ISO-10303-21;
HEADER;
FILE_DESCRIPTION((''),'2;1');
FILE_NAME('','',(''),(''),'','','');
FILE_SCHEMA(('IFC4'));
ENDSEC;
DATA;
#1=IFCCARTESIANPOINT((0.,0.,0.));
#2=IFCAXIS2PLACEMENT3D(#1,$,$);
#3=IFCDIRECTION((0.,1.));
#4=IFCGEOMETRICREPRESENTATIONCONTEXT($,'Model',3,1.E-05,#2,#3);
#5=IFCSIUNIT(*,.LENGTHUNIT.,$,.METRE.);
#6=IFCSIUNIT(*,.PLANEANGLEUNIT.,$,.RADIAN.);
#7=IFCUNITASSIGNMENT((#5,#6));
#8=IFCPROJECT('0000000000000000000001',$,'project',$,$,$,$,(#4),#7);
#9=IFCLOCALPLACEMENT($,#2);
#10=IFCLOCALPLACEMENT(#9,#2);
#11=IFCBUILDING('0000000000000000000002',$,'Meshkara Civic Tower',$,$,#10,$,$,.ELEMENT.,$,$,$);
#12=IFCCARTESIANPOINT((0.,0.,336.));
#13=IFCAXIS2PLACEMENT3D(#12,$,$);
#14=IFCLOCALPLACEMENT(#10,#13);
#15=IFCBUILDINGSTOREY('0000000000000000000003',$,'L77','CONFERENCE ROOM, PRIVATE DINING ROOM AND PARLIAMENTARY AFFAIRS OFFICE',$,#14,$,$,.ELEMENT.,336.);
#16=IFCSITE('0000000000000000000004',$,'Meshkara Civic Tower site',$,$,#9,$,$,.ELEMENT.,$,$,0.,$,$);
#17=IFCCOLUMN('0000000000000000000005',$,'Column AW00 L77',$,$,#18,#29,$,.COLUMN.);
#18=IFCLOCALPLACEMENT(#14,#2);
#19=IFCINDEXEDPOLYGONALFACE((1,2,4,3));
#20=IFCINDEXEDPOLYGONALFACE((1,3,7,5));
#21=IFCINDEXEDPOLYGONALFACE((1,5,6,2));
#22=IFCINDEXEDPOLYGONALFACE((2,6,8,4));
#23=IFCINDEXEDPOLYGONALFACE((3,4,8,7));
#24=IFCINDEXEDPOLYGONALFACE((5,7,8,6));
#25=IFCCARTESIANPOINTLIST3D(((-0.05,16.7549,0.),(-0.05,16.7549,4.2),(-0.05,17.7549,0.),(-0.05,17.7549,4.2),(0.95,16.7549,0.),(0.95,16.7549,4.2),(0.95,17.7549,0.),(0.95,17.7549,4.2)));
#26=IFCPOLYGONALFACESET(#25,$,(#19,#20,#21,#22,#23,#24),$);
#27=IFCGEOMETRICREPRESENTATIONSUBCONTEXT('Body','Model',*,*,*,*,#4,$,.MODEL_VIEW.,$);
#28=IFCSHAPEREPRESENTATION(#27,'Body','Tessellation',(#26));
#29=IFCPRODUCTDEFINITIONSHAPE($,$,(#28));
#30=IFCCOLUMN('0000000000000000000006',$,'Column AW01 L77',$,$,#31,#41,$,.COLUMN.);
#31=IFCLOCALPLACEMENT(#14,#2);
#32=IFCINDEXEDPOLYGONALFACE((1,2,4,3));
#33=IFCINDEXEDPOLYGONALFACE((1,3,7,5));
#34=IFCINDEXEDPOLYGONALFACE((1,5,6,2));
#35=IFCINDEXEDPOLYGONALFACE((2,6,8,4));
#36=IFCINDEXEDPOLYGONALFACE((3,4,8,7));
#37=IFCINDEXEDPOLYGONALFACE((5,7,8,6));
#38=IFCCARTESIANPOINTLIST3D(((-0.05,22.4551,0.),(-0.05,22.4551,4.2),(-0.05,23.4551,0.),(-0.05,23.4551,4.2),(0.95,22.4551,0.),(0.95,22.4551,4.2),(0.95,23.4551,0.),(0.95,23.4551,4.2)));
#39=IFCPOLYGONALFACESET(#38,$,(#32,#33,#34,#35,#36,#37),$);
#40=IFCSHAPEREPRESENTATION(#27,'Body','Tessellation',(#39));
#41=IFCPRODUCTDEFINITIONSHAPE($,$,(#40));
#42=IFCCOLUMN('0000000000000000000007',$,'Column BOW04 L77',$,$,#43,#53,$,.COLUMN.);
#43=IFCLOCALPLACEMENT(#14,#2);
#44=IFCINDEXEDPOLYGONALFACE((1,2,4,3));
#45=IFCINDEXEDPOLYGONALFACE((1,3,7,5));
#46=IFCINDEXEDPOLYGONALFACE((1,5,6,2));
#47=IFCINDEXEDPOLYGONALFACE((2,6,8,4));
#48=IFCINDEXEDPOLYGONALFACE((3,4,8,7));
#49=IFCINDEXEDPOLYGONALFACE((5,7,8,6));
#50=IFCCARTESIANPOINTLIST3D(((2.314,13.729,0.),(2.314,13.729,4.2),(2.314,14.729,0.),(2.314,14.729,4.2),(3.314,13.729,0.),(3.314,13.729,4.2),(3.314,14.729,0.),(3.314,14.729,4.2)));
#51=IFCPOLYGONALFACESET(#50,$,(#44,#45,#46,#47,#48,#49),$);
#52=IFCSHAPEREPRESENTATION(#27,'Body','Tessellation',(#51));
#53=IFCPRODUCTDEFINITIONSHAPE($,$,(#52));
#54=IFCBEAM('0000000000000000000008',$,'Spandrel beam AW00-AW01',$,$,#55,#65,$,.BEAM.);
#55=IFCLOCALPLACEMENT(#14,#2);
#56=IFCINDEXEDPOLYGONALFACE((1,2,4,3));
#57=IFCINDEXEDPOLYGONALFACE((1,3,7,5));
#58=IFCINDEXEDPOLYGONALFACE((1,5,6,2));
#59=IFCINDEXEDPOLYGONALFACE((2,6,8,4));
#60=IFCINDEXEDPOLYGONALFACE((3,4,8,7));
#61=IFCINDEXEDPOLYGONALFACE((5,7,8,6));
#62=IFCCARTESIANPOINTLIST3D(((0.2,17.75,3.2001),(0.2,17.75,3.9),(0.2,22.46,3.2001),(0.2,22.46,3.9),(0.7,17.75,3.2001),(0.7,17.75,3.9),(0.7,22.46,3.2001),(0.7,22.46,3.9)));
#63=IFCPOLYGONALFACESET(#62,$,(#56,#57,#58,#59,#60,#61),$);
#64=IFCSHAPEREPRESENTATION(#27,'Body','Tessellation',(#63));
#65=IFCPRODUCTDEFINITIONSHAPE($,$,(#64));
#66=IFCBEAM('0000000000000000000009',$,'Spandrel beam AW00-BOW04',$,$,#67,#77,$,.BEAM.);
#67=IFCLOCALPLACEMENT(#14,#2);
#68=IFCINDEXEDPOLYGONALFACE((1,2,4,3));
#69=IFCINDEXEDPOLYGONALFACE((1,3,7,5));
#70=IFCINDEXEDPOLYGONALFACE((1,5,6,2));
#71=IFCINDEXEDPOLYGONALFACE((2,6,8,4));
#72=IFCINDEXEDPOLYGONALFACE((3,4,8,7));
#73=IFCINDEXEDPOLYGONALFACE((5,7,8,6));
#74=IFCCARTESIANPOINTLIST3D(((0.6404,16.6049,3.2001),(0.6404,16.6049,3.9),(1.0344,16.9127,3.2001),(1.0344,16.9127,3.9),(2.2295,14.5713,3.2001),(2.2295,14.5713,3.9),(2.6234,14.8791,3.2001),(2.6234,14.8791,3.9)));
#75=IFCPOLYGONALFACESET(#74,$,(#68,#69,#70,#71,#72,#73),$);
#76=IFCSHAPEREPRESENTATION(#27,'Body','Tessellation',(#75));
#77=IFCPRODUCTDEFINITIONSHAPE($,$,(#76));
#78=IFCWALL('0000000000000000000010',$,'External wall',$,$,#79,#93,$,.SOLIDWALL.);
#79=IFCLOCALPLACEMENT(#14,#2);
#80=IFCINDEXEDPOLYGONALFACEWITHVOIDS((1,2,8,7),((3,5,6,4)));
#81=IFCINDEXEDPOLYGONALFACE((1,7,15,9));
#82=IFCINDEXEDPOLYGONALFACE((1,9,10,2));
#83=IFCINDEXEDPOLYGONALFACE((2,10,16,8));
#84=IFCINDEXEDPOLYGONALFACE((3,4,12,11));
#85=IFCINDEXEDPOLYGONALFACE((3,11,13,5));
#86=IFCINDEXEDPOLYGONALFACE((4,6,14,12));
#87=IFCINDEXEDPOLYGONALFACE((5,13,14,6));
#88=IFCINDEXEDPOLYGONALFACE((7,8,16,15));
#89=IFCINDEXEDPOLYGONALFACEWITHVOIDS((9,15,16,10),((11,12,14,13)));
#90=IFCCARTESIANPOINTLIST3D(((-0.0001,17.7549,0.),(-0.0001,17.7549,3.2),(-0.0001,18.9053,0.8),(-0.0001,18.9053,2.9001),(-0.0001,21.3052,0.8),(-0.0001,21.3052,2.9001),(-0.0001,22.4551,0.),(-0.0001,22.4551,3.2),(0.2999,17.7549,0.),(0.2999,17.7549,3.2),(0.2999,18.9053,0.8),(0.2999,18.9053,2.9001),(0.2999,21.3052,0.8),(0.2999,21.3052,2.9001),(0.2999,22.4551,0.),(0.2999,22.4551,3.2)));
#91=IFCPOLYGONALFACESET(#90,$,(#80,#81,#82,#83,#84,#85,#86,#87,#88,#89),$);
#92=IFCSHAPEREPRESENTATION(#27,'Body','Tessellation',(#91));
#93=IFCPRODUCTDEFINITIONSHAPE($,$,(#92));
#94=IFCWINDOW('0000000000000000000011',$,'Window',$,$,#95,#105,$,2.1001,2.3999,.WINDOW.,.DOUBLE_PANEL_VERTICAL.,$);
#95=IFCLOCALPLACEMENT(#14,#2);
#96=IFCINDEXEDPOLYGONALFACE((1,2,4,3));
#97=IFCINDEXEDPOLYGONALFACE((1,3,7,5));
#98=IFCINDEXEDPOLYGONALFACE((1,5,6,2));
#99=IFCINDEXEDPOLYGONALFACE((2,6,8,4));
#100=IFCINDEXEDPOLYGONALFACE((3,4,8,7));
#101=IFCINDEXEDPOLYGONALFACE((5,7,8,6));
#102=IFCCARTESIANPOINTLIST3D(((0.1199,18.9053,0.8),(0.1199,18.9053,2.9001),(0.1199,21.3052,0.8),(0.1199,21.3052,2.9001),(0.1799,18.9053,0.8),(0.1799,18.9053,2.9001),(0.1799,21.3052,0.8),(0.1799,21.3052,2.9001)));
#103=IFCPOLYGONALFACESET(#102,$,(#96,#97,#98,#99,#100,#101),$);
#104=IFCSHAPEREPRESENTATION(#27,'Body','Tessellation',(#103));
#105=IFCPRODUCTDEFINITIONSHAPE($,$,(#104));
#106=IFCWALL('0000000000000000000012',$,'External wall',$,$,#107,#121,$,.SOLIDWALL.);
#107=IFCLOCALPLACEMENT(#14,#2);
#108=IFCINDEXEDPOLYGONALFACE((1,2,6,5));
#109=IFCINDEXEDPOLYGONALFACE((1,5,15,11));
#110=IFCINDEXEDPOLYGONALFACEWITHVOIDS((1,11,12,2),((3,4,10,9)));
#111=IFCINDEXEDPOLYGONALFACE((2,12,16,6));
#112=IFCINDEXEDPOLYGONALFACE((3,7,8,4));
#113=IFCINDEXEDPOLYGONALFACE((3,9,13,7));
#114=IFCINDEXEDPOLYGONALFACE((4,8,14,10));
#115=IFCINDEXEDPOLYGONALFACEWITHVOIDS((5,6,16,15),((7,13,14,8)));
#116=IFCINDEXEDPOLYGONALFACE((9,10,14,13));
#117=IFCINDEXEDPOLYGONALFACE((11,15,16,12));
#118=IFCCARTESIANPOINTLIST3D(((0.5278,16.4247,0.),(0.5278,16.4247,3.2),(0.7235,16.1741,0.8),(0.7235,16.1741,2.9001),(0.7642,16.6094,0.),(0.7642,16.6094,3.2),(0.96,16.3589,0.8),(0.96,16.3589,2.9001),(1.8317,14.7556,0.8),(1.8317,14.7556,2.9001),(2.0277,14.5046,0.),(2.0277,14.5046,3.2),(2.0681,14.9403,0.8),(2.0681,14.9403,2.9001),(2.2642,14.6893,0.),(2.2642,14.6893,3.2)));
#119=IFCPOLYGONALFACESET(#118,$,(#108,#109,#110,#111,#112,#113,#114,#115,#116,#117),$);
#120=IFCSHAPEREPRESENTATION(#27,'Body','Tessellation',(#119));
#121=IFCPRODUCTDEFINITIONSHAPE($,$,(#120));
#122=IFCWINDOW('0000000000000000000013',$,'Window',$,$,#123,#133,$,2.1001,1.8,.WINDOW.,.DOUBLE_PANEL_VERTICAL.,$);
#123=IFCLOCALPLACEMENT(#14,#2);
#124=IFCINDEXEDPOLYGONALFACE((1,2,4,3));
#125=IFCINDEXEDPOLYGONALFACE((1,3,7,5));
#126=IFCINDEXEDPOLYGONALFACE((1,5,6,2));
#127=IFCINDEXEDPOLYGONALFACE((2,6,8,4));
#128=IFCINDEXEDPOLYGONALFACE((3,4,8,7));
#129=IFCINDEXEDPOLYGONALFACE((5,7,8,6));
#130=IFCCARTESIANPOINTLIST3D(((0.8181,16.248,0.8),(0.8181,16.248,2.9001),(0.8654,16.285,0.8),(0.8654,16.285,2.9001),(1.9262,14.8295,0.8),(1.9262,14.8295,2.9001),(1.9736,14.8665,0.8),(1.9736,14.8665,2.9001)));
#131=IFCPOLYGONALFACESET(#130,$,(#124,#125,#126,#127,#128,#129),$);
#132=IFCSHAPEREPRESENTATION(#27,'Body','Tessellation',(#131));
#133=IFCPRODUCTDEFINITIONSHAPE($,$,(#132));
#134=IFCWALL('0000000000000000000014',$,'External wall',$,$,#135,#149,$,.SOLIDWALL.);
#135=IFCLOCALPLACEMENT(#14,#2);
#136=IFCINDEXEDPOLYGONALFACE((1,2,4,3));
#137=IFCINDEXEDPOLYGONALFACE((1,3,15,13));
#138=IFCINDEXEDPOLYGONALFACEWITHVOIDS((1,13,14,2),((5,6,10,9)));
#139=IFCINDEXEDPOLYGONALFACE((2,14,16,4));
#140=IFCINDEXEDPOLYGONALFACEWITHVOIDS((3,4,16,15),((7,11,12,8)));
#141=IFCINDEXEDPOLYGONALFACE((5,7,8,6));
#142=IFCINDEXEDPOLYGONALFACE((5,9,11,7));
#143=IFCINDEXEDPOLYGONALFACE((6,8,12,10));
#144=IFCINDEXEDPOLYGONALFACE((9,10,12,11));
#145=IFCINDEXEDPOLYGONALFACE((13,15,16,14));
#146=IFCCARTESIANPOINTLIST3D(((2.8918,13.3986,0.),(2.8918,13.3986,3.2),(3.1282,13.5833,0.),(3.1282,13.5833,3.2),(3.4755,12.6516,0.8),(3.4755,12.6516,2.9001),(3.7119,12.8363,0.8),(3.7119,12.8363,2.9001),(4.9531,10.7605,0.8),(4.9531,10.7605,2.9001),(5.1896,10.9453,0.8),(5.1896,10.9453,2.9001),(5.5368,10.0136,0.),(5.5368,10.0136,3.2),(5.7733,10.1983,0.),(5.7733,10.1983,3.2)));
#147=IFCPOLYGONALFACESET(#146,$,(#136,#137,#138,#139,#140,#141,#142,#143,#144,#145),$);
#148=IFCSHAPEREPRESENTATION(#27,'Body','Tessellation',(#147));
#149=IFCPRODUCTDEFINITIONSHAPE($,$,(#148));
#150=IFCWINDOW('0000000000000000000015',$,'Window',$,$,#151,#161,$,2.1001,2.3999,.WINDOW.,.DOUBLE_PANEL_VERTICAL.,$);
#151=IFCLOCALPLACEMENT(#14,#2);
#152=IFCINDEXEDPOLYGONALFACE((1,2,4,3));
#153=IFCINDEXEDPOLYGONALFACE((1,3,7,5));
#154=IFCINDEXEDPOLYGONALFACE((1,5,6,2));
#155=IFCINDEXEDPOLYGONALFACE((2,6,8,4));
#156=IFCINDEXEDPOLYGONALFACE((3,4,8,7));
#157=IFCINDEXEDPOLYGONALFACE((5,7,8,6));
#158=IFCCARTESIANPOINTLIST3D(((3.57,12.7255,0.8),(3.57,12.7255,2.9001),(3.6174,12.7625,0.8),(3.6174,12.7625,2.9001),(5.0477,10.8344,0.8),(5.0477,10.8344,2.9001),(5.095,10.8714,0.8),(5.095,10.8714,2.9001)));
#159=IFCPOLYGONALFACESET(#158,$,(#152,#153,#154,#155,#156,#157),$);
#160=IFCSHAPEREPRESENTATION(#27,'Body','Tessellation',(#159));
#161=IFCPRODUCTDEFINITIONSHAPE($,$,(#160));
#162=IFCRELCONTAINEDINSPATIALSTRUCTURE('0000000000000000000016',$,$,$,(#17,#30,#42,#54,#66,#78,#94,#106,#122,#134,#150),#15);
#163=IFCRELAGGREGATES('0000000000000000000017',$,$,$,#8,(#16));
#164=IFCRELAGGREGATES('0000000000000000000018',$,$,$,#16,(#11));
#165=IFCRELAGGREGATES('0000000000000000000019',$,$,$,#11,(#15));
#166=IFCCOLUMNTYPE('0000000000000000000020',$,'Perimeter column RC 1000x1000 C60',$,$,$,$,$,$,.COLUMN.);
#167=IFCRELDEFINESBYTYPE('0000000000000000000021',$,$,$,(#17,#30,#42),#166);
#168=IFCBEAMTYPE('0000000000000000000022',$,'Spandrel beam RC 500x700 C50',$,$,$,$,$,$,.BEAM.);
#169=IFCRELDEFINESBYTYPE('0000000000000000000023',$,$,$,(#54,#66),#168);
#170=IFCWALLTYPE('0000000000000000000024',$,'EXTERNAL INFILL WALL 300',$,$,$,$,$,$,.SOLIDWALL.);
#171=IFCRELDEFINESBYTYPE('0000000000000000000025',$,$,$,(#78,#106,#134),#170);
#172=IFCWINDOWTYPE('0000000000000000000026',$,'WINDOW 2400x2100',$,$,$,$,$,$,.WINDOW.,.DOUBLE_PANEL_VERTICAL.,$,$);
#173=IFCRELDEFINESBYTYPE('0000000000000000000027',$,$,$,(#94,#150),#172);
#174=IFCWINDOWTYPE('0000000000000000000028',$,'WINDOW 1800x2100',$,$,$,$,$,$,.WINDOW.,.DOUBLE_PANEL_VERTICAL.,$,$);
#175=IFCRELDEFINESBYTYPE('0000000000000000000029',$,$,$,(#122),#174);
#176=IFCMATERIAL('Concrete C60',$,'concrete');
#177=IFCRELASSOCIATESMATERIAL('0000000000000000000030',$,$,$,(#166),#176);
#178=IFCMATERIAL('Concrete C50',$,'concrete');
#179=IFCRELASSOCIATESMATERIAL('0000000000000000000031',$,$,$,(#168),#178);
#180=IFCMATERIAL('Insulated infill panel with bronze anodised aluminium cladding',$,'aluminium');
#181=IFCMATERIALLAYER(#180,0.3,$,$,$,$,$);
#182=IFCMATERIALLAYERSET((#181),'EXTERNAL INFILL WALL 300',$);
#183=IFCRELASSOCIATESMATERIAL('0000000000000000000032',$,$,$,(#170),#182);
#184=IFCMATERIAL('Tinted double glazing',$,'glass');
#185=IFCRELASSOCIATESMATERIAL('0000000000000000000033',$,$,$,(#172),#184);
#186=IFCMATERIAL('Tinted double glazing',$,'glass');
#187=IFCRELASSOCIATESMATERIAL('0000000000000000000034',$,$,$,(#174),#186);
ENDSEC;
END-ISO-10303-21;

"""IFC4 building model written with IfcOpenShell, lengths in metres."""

from ifc_helpers import new_model, si_unit, direction, frame, frame_2d, origin, origin_2d, place, context, subcontext, project, spatial, rectangle, extrude, material, layer, layer_set, material_profile, profile_set, type_object, element, fill, save


model = new_model("IFC4")

# Units and contexts
model_context = context("Model", 3, precision=1e-05, world=origin(), true_north=direction((0.0, 1.0)))
body_context = subcontext(model_context, "Body", "Model", "MODEL_VIEW")
ifc_project = project(units=[si_unit("LENGTHUNIT", "METRE"), si_unit("PLANEANGLEUNIT", "RADIAN")], contexts=[model_context])

# Site, building, storey
site_placement = place(None, origin())
site = spatial("IfcSite", under=ifc_project, at=site_placement, Name="Meshkara Civic Tower site", CompositionType="ELEMENT", RefElevation=0.0)
building_placement = place(site_placement, origin())
building = spatial("IfcBuilding", under=site, at=building_placement, Name="Meshkara Civic Tower", CompositionType="ELEMENT")
storey_placement = place(building_placement, frame((0.0, 0.0, 336.0)))
storey = spatial("IfcBuildingStorey", under=building, at=storey_placement, Name="L77", Description="CONFERENCE ROOM, PRIVATE DINING ROOM AND PARLIAMENTARY AFFAIRS OFFICE", CompositionType="ELEMENT", Elevation=336.0)

# Columns
ifc_material_1 = material(Name="Concrete C60", Category="concrete")
ifc_material_profile_1 = material_profile(ifc_material_1, rectangle(XDim=1.0, YDim=1.0, at=origin_2d()))
ifc_profile_set_1 = profile_set([ifc_material_profile_1], Name="Concrete C60")
column_type = type_object("IfcColumnType", Name="Perimeter column RC 1000x1000 C60", PredefinedType="COLUMN", material=ifc_profile_set_1)
for number, where, z_axis, x_axis, name in (
    (1, (0.45, 17.2549, 0.0), (0.0, 0.0, 1.0), (1.0, 0.0, 0.0), "Column AW00 L77"),
    (2, (0.45, 22.9551, 0.0), (0.0, 0.0, 1.0), (1.0, 0.0, 0.0), "Column AW01 L77"),
    (3, (2.814, 14.229, 0.0), (0.0, 0.0, 1.0), (1.0, 0.0, 0.0), "Column BOW04 L77"),
):
    element("IfcColumn", number, at=place(storey_placement, frame(where, z_axis=z_axis, x_axis=x_axis)), inside=storey, type_object=column_type, Name=name, PredefinedType="COLUMN", context=body_context, shape_type="SweptSolid", body=[
        extrude(rectangle(XDim=1.0, YDim=1.0, at=origin_2d()), origin(), (0.0, 0.0, 1.0), 4.2),
    ])

# Beams
ifc_material_2 = material(Name="Concrete C50", Category="concrete")
ifc_material_profile_2 = material_profile(ifc_material_2, rectangle(XDim=0.5, YDim=0.7, at=origin_2d()))
ifc_profile_set_2 = profile_set([ifc_material_profile_2], Name="Concrete C50")
beam_type = type_object("IfcBeamType", Name="Spandrel beam RC 500x700 C50", PredefinedType="BEAM", material=ifc_profile_set_2)
beam_1_placement = place(storey_placement, frame((0.45, 22.46, 3.55), z_axis=(0.0, -1.0, 0.0), x_axis=(1.0, 0.0, 0.0)))
element("IfcBeam", 4, at=beam_1_placement, inside=storey, type_object=beam_type, Name="Spandrel beam AW00-AW01", PredefinedType="BEAM", context=body_context, shape_type="SweptSolid", body=[
    extrude(rectangle(XDim=0.5, YDim=0.7, at=origin_2d()), origin(), (0.0, 0.0, 1.0), 4.71),
])
beam_2_placement = place(storey_placement, frame((0.8374, 16.7588, 3.55), z_axis=(0.615714, -0.78797, 0.0), x_axis=(0.78797, 0.615714, 0.0)))
element("IfcBeam", 5, at=beam_2_placement, inside=storey, type_object=beam_type, Name="Spandrel beam AW00-BOW04", PredefinedType="BEAM", context=body_context, shape_type="SweptSolid", body=[
    extrude(rectangle(XDim=0.5, YDim=0.7, at=origin_2d()), origin(), (0.0, 0.0, 1.0), 2.5808),
])

# Walls, openings, windows
ifc_material_3 = material(Name="Insulated infill panel with bronze anodised aluminium cladding", Category="aluminium")
ifc_layer = layer(ifc_material_3, 0.3)
ifc_layer_set = layer_set([ifc_layer], Name="EXTERNAL INFILL WALL 300")
wall_type = type_object("IfcWallType", Name="EXTERNAL INFILL WALL 300", PredefinedType="SOLIDWALL", material=ifc_layer_set)
wall_1_placement = place(storey_placement, frame((0.1499, 22.4551, 0.0), z_axis=(0.0, 0.0, 1.0), x_axis=(0.0, -1.0, 0.0)))
wall_1 = element("IfcWall", 6, at=wall_1_placement, inside=storey, type_object=wall_type, Name="External wall", PredefinedType="SOLIDWALL", context=body_context, shape_type="SweptSolid", body=[
    extrude(rectangle(XDim=4.7002, YDim=0.3, at=frame_2d((2.3501, 0.0))), origin(), (0.0, 0.0, 1.0), 3.2),
])
opening_1_placement = place(wall_1_placement, frame((1.1499, 0.0, 0.8)))
opening_1 = element("IfcOpeningElement", 7, at=opening_1_placement, cuts=wall_1, PredefinedType="OPENING", context=body_context, shape_type="SweptSolid", body=[
    extrude(rectangle(XDim=2.3999, YDim=2.1001, at=frame_2d((1.2, 1.05))), frame((0.0, 0.1599, 0.0), z_axis=(0.0, -1.0, 0.0), x_axis=(1.0, 0.0, 0.0)), (0.0, 0.0, 1.0), 0.3201),
])
ifc_material_4 = material(Name="Tinted double glazing", Category="glass")
window_type_1 = type_object("IfcWindowType", Name="WINDOW 2400x2100", PartitioningType="DOUBLE_PANEL_VERTICAL", PredefinedType="WINDOW", material=ifc_material_4)
window_1_placement = place(opening_1_placement, origin())
window_1 = element("IfcWindow", 8, at=window_1_placement, inside=storey, type_object=window_type_1, Name="Window", OverallHeight=2.1001, OverallWidth=2.3999, PartitioningType="DOUBLE_PANEL_VERTICAL", PredefinedType="WINDOW", context=body_context, shape_type="SweptSolid", body=[
    extrude(rectangle(XDim=2.3999, YDim=2.1001, at=frame_2d((1.2, 1.05))), frame((0.0, 0.03, 0.0), z_axis=(0.0, -1.0, 0.0), x_axis=(1.0, 0.0, 0.0)), (0.0, 0.0, 1.0), 0.0601),
])
fill(opening_1, window_1)
wall_2_placement = place(storey_placement, frame((0.646, 16.5171, 0.0), z_axis=(0.0, 0.0, 1.0), x_axis=(0.615611, -0.78805, 0.0)))
wall_2 = element("IfcWall", 9, at=wall_2_placement, inside=storey, type_object=wall_type, Name="External wall", PredefinedType="SOLIDWALL", context=body_context, shape_type="SweptSolid", body=[
    extrude(rectangle(XDim=2.4365, YDim=0.3, at=frame_2d((1.2183, 0.0))), origin(), (0.0, 0.0, 1.0), 3.2),
])
opening_2_placement = place(wall_2_placement, frame((0.3181, 0.0, 0.8)))
opening_2 = element("IfcOpeningElement", 10, at=opening_2_placement, cuts=wall_2, PredefinedType="OPENING", context=body_context, shape_type="SweptSolid", body=[
    extrude(rectangle(XDim=1.8, YDim=2.1001, at=frame_2d((0.8999, 1.05))), frame((0.0, 0.1599, 0.0), z_axis=(0.0, -1.0, 0.0), x_axis=(1.0, 0.0, 0.0)), (0.0, 0.0, 1.0), 0.3201),
])
ifc_material_5 = material(Name="Tinted double glazing", Category="glass")
window_type_2 = type_object("IfcWindowType", Name="WINDOW 1800x2100", PartitioningType="DOUBLE_PANEL_VERTICAL", PredefinedType="WINDOW", material=ifc_material_5)
window_2_placement = place(opening_2_placement, origin())
window_2 = element("IfcWindow", 11, at=window_2_placement, inside=storey, type_object=window_type_2, Name="Window", OverallHeight=2.1001, OverallWidth=1.8, PartitioningType="DOUBLE_PANEL_VERTICAL", PredefinedType="WINDOW", context=body_context, shape_type="SweptSolid", body=[
    extrude(rectangle(XDim=1.8, YDim=2.1001, at=frame_2d((0.8999, 1.05))), frame((0.0, 0.03, 0.0), z_axis=(0.0, -1.0, 0.0), x_axis=(1.0, 0.0, 0.0)), (0.0, 0.0, 1.0), 0.0601),
])
fill(opening_2, window_2)
wall_3_placement = place(storey_placement, frame((3.01, 13.491, 0.0), z_axis=(0.0, 0.0, 1.0), x_axis=(0.615714, -0.78797, 0.0)))
wall_3 = element("IfcWall", 12, at=wall_3_placement, inside=storey, type_object=wall_type, Name="External wall", PredefinedType="SOLIDWALL", context=body_context, shape_type="SweptSolid", body=[
    extrude(rectangle(XDim=4.2959, YDim=0.3, at=frame_2d((2.1479, 0.0))), origin(), (0.0, 0.0, 1.0), 3.2),
])
opening_3_placement = place(wall_3_placement, frame((0.948, 0.0, 0.8)))
opening_3 = element("IfcOpeningElement", 13, at=opening_3_placement, cuts=wall_3, PredefinedType="OPENING", context=body_context, shape_type="SweptSolid", body=[
    extrude(rectangle(XDim=2.3999, YDim=2.1001, at=frame_2d((1.2, 1.05))), frame((0.0, 0.1599, 0.0), z_axis=(0.0, -1.0, 0.0), x_axis=(1.0, 0.0, 0.0)), (0.0, 0.0, 1.0), 0.3201),
])
window_3_placement = place(opening_3_placement, origin())
window_3 = element("IfcWindow", 14, at=window_3_placement, inside=storey, type_object=window_type_1, Name="Window", OverallHeight=2.1001, OverallWidth=2.3999, PartitioningType="DOUBLE_PANEL_VERTICAL", PredefinedType="WINDOW", context=body_context, shape_type="SweptSolid", body=[
    extrude(rectangle(XDim=2.3999, YDim=2.1001, at=frame_2d((1.2, 1.05))), frame((0.0, 0.03, 0.0), z_axis=(0.0, -1.0, 0.0), x_axis=(1.0, 0.0, 0.0)), (0.0, 0.0, 1.0), 0.0601),
])
fill(opening_3, window_3)

save(model, "model.ifc")
